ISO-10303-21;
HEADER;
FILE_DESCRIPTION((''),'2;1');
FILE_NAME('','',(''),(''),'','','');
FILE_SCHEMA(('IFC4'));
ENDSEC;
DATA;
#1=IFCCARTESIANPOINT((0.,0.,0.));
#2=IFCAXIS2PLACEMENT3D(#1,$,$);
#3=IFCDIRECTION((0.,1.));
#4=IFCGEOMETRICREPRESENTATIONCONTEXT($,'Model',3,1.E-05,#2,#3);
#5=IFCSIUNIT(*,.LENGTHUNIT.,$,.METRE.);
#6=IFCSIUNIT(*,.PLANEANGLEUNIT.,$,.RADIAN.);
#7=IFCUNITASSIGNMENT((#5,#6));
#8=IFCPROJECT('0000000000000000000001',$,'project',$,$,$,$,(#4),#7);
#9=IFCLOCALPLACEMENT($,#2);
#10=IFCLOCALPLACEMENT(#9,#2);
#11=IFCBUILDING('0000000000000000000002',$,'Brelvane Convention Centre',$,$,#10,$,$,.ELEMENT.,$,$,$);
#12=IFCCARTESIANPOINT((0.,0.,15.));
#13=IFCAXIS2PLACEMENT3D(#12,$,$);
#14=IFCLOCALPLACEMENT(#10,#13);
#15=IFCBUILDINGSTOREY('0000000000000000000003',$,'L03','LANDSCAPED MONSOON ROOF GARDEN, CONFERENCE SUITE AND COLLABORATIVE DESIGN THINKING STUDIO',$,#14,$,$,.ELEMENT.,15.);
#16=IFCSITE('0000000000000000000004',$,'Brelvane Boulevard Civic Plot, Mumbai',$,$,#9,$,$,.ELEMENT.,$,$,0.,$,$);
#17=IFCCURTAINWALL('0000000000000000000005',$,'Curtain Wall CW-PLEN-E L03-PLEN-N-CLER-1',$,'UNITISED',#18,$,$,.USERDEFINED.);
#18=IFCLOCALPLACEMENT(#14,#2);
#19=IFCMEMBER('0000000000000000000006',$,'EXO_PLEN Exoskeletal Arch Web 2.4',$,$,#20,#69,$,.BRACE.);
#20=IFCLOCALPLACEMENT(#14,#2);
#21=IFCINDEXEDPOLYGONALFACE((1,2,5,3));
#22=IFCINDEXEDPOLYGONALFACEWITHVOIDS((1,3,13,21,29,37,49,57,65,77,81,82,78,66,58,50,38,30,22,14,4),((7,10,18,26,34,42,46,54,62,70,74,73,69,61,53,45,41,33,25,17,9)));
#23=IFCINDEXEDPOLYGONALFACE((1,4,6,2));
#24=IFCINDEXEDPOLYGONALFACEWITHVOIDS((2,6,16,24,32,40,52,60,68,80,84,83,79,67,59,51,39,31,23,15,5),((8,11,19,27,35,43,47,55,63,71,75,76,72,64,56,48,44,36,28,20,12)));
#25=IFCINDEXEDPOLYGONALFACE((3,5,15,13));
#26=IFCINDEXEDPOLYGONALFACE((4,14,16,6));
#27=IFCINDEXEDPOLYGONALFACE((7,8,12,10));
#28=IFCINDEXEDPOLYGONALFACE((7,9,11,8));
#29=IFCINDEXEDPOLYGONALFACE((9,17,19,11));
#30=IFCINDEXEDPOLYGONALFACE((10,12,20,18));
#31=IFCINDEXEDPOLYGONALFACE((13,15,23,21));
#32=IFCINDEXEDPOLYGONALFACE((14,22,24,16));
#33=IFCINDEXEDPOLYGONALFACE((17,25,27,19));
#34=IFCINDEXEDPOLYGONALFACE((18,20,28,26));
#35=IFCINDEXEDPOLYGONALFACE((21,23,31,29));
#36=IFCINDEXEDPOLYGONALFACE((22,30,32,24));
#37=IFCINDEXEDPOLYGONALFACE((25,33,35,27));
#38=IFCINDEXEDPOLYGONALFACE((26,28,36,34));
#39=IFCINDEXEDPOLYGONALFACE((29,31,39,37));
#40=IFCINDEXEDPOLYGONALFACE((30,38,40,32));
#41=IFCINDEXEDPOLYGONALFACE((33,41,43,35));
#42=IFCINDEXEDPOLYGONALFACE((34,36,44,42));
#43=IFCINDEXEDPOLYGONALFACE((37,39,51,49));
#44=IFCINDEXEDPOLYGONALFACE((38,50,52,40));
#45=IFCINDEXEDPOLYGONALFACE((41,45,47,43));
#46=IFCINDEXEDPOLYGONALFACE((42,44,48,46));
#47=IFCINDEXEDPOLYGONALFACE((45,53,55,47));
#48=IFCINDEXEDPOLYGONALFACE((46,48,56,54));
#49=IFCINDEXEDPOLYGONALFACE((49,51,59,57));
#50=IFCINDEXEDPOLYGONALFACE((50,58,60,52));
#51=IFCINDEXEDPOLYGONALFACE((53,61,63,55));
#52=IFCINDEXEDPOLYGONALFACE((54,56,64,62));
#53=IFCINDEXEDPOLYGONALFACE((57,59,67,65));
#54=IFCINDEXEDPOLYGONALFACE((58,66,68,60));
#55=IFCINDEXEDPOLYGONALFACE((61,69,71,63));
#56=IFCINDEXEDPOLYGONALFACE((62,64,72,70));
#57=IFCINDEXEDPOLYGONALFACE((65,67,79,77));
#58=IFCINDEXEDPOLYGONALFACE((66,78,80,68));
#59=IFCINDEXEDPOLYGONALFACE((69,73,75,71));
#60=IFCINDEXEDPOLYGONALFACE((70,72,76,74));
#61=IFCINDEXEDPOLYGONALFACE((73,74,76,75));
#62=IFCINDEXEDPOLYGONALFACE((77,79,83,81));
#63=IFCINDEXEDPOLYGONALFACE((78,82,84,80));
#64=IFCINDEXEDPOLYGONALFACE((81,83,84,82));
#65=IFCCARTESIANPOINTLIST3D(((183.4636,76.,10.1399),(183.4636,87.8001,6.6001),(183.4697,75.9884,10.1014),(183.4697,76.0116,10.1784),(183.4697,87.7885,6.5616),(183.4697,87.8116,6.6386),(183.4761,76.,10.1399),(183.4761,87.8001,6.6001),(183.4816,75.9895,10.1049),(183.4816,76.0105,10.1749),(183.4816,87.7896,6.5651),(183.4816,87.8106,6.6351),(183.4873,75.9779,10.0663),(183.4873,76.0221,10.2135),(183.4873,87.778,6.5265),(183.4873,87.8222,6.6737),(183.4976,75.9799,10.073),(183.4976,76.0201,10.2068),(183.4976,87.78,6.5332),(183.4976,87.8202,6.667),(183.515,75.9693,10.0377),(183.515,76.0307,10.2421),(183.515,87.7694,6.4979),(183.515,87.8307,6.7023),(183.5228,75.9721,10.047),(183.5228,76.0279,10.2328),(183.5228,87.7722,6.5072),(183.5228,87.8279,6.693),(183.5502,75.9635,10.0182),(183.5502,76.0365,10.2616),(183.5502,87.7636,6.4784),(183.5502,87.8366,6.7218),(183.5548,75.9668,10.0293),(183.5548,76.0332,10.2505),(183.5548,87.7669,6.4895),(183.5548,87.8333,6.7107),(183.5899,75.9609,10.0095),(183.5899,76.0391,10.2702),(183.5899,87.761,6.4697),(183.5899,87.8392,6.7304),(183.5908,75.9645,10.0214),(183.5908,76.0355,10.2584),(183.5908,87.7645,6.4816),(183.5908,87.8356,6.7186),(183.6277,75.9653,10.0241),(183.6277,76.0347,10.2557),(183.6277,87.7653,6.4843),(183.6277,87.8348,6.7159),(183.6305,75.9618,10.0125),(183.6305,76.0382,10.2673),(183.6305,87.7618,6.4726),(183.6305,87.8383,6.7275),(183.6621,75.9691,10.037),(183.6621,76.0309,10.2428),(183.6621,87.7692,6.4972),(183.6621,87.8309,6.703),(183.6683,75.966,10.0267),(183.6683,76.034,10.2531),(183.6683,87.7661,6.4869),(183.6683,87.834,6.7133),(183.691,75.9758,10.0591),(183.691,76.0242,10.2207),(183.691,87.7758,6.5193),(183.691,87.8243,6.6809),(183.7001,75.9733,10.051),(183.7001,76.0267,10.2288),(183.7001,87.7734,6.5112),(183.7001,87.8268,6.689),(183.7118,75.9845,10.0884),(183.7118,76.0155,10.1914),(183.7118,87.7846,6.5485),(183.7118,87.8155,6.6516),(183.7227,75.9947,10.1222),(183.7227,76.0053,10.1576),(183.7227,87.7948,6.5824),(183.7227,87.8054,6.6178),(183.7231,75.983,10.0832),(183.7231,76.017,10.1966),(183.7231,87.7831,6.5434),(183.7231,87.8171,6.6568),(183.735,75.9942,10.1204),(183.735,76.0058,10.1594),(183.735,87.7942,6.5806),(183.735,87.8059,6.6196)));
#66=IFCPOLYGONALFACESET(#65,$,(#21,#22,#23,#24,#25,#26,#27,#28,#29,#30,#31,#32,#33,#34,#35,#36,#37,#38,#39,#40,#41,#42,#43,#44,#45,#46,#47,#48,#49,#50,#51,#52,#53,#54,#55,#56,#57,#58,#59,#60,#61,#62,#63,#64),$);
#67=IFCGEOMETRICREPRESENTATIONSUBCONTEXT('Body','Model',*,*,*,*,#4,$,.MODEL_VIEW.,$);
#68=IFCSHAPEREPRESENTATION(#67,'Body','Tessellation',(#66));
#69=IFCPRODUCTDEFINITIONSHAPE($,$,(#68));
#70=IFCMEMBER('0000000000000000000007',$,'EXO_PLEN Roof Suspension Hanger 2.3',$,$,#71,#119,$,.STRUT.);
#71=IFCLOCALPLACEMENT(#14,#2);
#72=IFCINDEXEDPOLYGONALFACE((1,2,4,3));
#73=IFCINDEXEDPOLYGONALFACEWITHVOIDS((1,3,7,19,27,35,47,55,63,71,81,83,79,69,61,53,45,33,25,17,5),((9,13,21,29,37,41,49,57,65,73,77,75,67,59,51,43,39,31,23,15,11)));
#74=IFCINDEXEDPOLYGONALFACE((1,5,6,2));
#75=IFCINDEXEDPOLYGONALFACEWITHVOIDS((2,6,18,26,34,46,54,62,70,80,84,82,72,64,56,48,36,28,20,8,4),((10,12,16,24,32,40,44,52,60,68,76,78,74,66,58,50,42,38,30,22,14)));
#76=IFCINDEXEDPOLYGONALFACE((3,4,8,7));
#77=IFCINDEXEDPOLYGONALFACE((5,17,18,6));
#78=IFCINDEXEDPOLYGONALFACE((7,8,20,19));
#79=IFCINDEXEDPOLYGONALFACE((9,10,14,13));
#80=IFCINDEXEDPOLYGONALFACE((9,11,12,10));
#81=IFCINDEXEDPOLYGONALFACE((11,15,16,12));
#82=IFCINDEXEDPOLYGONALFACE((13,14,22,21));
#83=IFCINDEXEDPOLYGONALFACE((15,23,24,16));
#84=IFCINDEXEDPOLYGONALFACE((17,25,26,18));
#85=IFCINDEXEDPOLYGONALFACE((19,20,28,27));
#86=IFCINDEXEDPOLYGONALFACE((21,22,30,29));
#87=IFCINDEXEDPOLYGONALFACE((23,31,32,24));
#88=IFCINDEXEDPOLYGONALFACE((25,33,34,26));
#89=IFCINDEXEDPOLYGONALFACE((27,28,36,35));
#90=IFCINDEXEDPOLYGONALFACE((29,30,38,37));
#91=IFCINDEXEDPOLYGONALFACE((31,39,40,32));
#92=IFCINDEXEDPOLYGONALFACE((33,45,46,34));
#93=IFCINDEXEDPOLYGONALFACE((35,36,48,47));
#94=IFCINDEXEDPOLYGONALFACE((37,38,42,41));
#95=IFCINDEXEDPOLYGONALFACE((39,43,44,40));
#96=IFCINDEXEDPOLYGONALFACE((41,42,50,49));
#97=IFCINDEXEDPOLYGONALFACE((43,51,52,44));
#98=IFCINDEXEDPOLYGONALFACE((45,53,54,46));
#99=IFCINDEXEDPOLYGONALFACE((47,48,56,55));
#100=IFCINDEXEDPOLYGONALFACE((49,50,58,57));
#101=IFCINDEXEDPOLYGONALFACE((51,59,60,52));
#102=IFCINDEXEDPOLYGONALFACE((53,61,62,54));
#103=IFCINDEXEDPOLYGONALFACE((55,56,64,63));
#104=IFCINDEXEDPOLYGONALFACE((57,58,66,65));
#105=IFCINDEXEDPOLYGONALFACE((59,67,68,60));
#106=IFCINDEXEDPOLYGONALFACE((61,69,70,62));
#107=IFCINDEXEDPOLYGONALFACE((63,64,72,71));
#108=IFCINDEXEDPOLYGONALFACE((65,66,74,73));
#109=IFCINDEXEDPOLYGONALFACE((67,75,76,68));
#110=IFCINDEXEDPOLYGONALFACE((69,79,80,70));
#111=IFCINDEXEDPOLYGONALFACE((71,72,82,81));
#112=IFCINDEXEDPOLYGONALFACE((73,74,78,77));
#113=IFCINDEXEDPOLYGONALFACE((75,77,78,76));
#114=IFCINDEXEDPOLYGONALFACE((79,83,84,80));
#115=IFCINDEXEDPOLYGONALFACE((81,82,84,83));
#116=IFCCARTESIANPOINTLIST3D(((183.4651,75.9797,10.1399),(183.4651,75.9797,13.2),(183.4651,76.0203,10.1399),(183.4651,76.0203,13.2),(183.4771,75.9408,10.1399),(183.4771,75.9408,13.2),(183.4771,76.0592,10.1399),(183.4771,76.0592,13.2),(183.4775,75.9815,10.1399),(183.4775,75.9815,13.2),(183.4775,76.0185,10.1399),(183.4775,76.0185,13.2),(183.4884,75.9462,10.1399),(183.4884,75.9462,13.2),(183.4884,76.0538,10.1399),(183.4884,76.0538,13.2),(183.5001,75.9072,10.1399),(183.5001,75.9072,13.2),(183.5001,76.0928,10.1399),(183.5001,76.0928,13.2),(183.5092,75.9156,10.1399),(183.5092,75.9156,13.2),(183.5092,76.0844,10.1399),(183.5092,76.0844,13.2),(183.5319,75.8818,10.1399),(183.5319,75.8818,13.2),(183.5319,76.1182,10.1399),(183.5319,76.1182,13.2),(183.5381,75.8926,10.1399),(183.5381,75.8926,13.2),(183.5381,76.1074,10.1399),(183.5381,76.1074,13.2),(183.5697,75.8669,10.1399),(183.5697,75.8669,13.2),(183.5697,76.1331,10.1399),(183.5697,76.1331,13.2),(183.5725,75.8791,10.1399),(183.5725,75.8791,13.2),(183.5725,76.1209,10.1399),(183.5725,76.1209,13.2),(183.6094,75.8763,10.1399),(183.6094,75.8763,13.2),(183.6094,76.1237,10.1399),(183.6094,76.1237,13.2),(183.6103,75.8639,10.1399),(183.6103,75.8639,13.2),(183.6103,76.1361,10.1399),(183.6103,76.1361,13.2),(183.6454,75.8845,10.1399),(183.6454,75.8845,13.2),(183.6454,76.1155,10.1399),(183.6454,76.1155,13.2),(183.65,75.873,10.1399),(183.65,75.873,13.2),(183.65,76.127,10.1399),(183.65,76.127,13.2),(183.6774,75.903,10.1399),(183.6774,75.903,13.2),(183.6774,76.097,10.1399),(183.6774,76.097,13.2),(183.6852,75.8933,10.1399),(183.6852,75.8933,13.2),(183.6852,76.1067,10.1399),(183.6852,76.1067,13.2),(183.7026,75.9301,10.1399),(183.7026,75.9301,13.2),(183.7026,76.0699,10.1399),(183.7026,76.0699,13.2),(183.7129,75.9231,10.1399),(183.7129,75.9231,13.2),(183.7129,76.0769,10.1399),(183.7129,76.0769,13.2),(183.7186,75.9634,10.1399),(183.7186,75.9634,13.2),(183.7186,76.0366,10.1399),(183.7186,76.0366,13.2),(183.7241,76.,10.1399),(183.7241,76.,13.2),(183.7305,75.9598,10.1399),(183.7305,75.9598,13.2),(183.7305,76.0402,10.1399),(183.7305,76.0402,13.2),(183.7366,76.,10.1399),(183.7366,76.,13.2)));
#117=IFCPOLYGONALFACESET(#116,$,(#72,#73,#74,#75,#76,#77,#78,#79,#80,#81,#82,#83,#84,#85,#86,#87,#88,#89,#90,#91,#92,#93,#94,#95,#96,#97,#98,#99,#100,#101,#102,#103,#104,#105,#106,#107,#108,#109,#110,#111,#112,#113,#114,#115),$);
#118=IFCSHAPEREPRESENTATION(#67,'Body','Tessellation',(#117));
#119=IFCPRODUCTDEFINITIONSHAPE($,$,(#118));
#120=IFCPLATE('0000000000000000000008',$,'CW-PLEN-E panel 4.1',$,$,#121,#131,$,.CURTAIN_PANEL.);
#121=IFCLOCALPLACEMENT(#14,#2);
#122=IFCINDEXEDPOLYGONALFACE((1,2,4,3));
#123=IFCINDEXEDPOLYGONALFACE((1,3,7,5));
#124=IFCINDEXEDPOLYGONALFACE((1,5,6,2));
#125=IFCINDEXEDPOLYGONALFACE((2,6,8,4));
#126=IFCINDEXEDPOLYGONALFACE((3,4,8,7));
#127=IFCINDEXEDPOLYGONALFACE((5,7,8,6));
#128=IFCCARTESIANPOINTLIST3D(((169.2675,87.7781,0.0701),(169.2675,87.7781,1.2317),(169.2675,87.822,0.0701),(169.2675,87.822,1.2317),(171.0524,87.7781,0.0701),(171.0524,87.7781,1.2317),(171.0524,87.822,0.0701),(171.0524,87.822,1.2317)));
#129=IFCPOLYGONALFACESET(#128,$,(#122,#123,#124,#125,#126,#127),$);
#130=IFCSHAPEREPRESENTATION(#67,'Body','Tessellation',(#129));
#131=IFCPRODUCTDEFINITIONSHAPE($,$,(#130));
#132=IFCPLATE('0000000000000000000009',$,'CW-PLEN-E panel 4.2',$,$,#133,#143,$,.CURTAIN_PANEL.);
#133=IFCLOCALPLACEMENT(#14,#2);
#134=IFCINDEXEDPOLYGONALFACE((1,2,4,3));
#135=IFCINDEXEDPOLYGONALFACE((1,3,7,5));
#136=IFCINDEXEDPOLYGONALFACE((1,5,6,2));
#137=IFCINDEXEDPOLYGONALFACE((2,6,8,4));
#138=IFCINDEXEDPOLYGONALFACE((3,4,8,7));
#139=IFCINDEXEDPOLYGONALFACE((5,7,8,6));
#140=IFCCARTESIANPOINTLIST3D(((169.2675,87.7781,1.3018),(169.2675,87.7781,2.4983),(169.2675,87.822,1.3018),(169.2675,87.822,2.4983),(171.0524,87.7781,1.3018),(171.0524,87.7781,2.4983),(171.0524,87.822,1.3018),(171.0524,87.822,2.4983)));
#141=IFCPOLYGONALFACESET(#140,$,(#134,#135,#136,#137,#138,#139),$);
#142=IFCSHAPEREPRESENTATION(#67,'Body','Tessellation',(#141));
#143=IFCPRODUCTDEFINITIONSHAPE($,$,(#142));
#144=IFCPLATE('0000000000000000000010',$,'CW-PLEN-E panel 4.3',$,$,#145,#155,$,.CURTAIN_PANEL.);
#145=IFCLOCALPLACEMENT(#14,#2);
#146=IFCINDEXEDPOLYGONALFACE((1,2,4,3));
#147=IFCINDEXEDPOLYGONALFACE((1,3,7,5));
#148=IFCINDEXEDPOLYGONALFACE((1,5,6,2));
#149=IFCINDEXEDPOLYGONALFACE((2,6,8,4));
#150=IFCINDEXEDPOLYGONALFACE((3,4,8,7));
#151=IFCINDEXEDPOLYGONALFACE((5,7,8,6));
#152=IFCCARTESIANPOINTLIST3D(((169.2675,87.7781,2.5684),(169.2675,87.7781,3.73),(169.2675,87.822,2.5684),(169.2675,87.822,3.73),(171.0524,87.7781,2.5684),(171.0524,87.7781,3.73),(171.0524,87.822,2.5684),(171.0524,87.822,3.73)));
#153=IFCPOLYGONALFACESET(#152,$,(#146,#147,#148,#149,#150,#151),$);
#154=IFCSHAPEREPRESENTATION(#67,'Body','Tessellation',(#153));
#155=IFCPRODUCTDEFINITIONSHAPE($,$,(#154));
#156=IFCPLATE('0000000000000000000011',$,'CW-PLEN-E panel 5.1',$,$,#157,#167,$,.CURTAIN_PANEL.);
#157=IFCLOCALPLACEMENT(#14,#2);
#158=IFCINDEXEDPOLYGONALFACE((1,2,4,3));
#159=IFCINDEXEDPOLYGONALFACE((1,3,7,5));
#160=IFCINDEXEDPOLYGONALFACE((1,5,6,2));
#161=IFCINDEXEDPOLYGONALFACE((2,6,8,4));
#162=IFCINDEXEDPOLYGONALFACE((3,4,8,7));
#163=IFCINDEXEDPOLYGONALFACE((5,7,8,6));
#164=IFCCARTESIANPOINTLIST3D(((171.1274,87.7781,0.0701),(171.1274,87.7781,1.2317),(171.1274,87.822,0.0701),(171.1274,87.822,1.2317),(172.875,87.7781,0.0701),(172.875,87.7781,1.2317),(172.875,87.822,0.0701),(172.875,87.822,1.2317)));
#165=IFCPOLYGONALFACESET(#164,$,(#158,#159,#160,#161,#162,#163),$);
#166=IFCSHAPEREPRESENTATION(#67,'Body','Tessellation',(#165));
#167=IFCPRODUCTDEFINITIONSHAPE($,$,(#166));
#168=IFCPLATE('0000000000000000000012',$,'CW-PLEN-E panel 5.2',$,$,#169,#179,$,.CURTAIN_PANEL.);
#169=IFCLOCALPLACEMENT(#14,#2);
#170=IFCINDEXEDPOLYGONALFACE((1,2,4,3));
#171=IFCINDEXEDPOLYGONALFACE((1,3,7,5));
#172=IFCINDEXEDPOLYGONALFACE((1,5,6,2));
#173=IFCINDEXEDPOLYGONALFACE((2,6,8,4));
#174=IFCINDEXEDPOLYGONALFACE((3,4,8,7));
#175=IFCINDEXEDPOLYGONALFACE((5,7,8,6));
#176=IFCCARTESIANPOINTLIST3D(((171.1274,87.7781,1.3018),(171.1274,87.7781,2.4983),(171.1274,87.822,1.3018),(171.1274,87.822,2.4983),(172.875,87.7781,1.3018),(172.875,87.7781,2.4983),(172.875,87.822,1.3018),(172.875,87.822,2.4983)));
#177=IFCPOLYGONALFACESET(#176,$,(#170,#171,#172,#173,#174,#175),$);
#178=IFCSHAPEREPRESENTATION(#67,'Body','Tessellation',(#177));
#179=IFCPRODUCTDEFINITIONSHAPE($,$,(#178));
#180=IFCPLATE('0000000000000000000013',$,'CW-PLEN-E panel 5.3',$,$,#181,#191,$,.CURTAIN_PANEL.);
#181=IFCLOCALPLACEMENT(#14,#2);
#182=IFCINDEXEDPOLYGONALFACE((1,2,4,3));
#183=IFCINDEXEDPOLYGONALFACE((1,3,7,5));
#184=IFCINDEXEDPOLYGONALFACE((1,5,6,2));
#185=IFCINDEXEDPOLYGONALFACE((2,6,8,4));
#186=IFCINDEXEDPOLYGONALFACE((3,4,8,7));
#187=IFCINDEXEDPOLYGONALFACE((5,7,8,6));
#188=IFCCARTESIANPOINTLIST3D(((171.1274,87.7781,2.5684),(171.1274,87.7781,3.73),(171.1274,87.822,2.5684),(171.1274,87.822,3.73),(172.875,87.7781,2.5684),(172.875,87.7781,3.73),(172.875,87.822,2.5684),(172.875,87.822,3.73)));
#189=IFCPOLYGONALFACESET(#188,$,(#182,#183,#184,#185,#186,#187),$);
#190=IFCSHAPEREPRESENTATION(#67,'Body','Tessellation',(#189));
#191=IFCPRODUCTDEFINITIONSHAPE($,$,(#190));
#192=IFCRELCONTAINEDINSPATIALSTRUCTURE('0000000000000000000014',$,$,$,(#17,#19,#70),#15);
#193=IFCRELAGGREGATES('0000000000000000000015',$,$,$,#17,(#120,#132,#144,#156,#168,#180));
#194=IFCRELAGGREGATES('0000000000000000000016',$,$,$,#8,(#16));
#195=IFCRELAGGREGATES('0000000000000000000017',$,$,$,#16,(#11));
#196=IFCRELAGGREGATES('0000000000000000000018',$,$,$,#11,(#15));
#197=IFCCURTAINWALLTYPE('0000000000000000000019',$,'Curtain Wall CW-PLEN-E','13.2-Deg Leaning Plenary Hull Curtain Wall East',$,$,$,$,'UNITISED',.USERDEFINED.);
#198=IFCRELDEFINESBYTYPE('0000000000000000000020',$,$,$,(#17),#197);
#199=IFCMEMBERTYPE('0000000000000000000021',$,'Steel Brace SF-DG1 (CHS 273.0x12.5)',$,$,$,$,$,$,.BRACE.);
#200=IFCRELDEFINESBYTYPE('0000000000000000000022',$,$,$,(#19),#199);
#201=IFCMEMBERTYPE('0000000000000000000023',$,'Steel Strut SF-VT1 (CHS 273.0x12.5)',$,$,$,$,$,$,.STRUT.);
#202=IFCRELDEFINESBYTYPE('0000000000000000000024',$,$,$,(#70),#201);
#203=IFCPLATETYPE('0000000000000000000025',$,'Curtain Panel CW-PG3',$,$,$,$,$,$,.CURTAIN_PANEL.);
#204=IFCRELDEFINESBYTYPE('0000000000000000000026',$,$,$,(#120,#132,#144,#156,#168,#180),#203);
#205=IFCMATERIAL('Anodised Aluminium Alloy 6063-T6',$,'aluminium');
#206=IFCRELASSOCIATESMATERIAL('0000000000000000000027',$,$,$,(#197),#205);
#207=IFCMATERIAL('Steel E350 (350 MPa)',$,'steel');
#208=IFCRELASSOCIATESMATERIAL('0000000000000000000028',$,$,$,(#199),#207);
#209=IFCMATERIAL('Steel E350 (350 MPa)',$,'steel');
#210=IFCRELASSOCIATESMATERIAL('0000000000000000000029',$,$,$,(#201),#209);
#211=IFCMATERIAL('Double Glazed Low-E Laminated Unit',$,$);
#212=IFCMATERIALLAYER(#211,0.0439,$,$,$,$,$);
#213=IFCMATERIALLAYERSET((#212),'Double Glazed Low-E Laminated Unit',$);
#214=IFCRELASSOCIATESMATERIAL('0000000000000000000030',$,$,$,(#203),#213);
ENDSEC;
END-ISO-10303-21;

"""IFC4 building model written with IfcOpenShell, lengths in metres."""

from ifc_helpers import new_model, si_unit, direction, frame, origin, origin_2d, place, context, subcontext, project, spatial, rectangle, hollow_circle, extrude, material, layer, layer_set, material_profile, profile_set, type_object, element, aggregate, save


model = new_model("IFC4")

# Units and contexts
model_context = context("Model", 3, precision=1e-05, world=origin(), true_north=direction((0.0, 1.0)))
body_context = subcontext(model_context, "Body", "Model", "MODEL_VIEW")
ifc_project = project(units=[si_unit("LENGTHUNIT", "METRE"), si_unit("PLANEANGLEUNIT", "RADIAN")], contexts=[model_context])

# Site, building, storey
site_placement = place(None, origin())
site = spatial("IfcSite", under=ifc_project, at=site_placement, Name="Brelvane Boulevard Civic Plot, Mumbai", CompositionType="ELEMENT", RefElevation=0.0)
building_placement = place(site_placement, origin())
building = spatial("IfcBuilding", under=site, at=building_placement, Name="Brelvane Convention Centre", CompositionType="ELEMENT")
storey_placement = place(building_placement, frame((0.0, 0.0, 15.0)))
storey = spatial("IfcBuildingStorey", under=building, at=storey_placement, Name="L03", Description="LANDSCAPED MONSOON ROOF GARDEN, CONFERENCE SUITE AND COLLABORATIVE DESIGN THINKING STUDIO", CompositionType="ELEMENT", Elevation=15.0)

# Curtain wall
ifc_material_1 = material(Name="Anodised Aluminium Alloy 6063-T6", Category="aluminium")
curtain_wall_type = type_object("IfcCurtainWallType", Name="Curtain Wall CW-PLEN-E", Description="13.2-Deg Leaning Plenary Hull Curtain Wall East", ElementType="UNITISED", PredefinedType="USERDEFINED", material=ifc_material_1)
curtain_wall_1_placement = place(storey_placement, origin())
curtain_wall_1 = element("IfcCurtainWall", 1, at=curtain_wall_1_placement, inside=storey, type_object=curtain_wall_type, Name="Curtain Wall CW-PLEN-E L03-PLEN-N-CLER-1", ObjectType="UNITISED", PredefinedType="USERDEFINED")

# Members
ifc_material_2 = material(Name="Steel E350 (350 MPa)", Category="steel")
ifc_material_profile_1 = material_profile(ifc_material_2, hollow_circle(Radius=0.1365, WallThickness=0.0125, at=origin_2d()), Name="CHS 273.0x12.5")
ifc_profile_set_1 = profile_set([ifc_material_profile_1], Name="Steel E350 (350 MPa)")
member_type_1 = type_object("IfcMemberType", Name="Steel Brace SF-DG1 (CHS 273.0x12.5)", PredefinedType="BRACE", material=ifc_profile_set_1)
member_1_placement = place(storey_placement, frame((183.6001, 76.0, 10.1399), z_axis=(0.0, 0.957831, -0.287332), x_axis=(-1.0, 0.0, 0.0)))
element("IfcMember", 2, at=member_1_placement, inside=storey, type_object=member_type_1, Name="EXO_PLEN Exoskeletal Arch Web 2.4", PredefinedType="BRACE", context=body_context, shape_type="SweptSolid", body=[
    extrude(hollow_circle(Radius=0.1365, WallThickness=0.0125, at=origin_2d()), origin(), (0.0, 0.0, 1.0), 12.3196),
])
ifc_material_3 = material(Name="Steel E350 (350 MPa)", Category="steel")
ifc_material_profile_2 = material_profile(ifc_material_3, hollow_circle(Radius=0.1365, WallThickness=0.0125, at=origin_2d()), Name="CHS 273.0x12.5")
ifc_profile_set_2 = profile_set([ifc_material_profile_2], Name="Steel E350 (350 MPa)")
member_type_2 = type_object("IfcMemberType", Name="Steel Strut SF-VT1 (CHS 273.0x12.5)", PredefinedType="STRUT", material=ifc_profile_set_2)
member_2_placement = place(storey_placement, frame((183.6001, 76.0, 10.1399), z_axis=(0.0, 0.0, 1.0), x_axis=(1.0, 0.0, 0.0)))
element("IfcMember", 3, at=member_2_placement, inside=storey, type_object=member_type_2, Name="EXO_PLEN Roof Suspension Hanger 2.3", PredefinedType="STRUT", context=body_context, shape_type="SweptSolid", body=[
    extrude(hollow_circle(Radius=0.1365, WallThickness=0.0125, at=origin_2d()), origin(), (0.0, 0.0, 1.0), 3.0601),
])

# Plates
ifc_material_4 = material(Name="Double Glazed Low-E Laminated Unit")
ifc_layer_1 = layer(ifc_material_4, 0.0439)
ifc_layer_set_1 = layer_set([ifc_layer_1], Name="Double Glazed Low-E Laminated Unit")
plate_type_1 = type_object("IfcPlateType", Name="Curtain Panel CW-PG3", PredefinedType="CURTAIN_PANEL", material=ifc_layer_set_1)
plate_1_placement = place(storey_placement, frame((170.1599, 87.8, 0.0701), z_axis=(0.0, 0.0, 1.0), x_axis=(1.0, 0.0, 0.0)))
plate_1 = element("IfcPlate", 4, at=plate_1_placement, type_object=plate_type_1, Name="CW-PLEN-E panel 4.1", PredefinedType="CURTAIN_PANEL", context=body_context, shape_type="SweptSolid", body=[
    extrude(rectangle(XDim=1.7849, YDim=0.0439, at=origin_2d()), origin(), (0.0, 0.0, 1.0), 1.1616),
])
plate_2_placement = place(storey_placement, frame((170.1599, 87.8, 1.3018), z_axis=(0.0, 0.0, 1.0), x_axis=(1.0, 0.0, 0.0)))
plate_2 = element("IfcPlate", 5, at=plate_2_placement, type_object=plate_type_1, Name="CW-PLEN-E panel 4.2", PredefinedType="CURTAIN_PANEL", context=body_context, shape_type="SweptSolid", body=[
    extrude(rectangle(XDim=1.7849, YDim=0.0439, at=origin_2d()), origin(), (0.0, 0.0, 1.0), 1.1965),
])
plate_3_placement = place(storey_placement, frame((170.1599, 87.8, 2.5684), z_axis=(0.0, 0.0, 1.0), x_axis=(1.0, 0.0, 0.0)))
plate_3 = element("IfcPlate", 6, at=plate_3_placement, type_object=plate_type_1, Name="CW-PLEN-E panel 4.3", PredefinedType="CURTAIN_PANEL", context=body_context, shape_type="SweptSolid", body=[
    extrude(rectangle(XDim=1.7849, YDim=0.0439, at=origin_2d()), origin(), (0.0, 0.0, 1.0), 1.1616),
])
plate_4_placement = place(storey_placement, frame((172.0012, 87.8, 0.0701), z_axis=(0.0, 0.0, 1.0), x_axis=(1.0, 0.0, 0.0)))
plate_4 = element("IfcPlate", 7, at=plate_4_placement, type_object=plate_type_1, Name="CW-PLEN-E panel 5.1", PredefinedType="CURTAIN_PANEL", context=body_context, shape_type="SweptSolid", body=[
    extrude(rectangle(XDim=1.7476, YDim=0.0439, at=origin_2d()), origin(), (0.0, 0.0, 1.0), 1.1616),
])
plate_5_placement = place(storey_placement, frame((172.0012, 87.8, 1.3018), z_axis=(0.0, 0.0, 1.0), x_axis=(1.0, 0.0, 0.0)))
plate_5 = element("IfcPlate", 8, at=plate_5_placement, type_object=plate_type_1, Name="CW-PLEN-E panel 5.2", PredefinedType="CURTAIN_PANEL", context=body_context, shape_type="SweptSolid", body=[
    extrude(rectangle(XDim=1.7476, YDim=0.0439, at=origin_2d()), origin(), (0.0, 0.0, 1.0), 1.1965),
])
plate_6_placement = place(storey_placement, frame((172.0012, 87.8, 2.5684), z_axis=(0.0, 0.0, 1.0), x_axis=(1.0, 0.0, 0.0)))
plate_6 = element("IfcPlate", 9, at=plate_6_placement, type_object=plate_type_1, Name="CW-PLEN-E panel 5.3", PredefinedType="CURTAIN_PANEL", context=body_context, shape_type="SweptSolid", body=[
    extrude(rectangle(XDim=1.7476, YDim=0.0439, at=origin_2d()), origin(), (0.0, 0.0, 1.0), 1.1616),
])
aggregate(curtain_wall_1, [plate_1, plate_2, plate_3, plate_4, plate_5, plate_6])

save(model, "model.ifc")
